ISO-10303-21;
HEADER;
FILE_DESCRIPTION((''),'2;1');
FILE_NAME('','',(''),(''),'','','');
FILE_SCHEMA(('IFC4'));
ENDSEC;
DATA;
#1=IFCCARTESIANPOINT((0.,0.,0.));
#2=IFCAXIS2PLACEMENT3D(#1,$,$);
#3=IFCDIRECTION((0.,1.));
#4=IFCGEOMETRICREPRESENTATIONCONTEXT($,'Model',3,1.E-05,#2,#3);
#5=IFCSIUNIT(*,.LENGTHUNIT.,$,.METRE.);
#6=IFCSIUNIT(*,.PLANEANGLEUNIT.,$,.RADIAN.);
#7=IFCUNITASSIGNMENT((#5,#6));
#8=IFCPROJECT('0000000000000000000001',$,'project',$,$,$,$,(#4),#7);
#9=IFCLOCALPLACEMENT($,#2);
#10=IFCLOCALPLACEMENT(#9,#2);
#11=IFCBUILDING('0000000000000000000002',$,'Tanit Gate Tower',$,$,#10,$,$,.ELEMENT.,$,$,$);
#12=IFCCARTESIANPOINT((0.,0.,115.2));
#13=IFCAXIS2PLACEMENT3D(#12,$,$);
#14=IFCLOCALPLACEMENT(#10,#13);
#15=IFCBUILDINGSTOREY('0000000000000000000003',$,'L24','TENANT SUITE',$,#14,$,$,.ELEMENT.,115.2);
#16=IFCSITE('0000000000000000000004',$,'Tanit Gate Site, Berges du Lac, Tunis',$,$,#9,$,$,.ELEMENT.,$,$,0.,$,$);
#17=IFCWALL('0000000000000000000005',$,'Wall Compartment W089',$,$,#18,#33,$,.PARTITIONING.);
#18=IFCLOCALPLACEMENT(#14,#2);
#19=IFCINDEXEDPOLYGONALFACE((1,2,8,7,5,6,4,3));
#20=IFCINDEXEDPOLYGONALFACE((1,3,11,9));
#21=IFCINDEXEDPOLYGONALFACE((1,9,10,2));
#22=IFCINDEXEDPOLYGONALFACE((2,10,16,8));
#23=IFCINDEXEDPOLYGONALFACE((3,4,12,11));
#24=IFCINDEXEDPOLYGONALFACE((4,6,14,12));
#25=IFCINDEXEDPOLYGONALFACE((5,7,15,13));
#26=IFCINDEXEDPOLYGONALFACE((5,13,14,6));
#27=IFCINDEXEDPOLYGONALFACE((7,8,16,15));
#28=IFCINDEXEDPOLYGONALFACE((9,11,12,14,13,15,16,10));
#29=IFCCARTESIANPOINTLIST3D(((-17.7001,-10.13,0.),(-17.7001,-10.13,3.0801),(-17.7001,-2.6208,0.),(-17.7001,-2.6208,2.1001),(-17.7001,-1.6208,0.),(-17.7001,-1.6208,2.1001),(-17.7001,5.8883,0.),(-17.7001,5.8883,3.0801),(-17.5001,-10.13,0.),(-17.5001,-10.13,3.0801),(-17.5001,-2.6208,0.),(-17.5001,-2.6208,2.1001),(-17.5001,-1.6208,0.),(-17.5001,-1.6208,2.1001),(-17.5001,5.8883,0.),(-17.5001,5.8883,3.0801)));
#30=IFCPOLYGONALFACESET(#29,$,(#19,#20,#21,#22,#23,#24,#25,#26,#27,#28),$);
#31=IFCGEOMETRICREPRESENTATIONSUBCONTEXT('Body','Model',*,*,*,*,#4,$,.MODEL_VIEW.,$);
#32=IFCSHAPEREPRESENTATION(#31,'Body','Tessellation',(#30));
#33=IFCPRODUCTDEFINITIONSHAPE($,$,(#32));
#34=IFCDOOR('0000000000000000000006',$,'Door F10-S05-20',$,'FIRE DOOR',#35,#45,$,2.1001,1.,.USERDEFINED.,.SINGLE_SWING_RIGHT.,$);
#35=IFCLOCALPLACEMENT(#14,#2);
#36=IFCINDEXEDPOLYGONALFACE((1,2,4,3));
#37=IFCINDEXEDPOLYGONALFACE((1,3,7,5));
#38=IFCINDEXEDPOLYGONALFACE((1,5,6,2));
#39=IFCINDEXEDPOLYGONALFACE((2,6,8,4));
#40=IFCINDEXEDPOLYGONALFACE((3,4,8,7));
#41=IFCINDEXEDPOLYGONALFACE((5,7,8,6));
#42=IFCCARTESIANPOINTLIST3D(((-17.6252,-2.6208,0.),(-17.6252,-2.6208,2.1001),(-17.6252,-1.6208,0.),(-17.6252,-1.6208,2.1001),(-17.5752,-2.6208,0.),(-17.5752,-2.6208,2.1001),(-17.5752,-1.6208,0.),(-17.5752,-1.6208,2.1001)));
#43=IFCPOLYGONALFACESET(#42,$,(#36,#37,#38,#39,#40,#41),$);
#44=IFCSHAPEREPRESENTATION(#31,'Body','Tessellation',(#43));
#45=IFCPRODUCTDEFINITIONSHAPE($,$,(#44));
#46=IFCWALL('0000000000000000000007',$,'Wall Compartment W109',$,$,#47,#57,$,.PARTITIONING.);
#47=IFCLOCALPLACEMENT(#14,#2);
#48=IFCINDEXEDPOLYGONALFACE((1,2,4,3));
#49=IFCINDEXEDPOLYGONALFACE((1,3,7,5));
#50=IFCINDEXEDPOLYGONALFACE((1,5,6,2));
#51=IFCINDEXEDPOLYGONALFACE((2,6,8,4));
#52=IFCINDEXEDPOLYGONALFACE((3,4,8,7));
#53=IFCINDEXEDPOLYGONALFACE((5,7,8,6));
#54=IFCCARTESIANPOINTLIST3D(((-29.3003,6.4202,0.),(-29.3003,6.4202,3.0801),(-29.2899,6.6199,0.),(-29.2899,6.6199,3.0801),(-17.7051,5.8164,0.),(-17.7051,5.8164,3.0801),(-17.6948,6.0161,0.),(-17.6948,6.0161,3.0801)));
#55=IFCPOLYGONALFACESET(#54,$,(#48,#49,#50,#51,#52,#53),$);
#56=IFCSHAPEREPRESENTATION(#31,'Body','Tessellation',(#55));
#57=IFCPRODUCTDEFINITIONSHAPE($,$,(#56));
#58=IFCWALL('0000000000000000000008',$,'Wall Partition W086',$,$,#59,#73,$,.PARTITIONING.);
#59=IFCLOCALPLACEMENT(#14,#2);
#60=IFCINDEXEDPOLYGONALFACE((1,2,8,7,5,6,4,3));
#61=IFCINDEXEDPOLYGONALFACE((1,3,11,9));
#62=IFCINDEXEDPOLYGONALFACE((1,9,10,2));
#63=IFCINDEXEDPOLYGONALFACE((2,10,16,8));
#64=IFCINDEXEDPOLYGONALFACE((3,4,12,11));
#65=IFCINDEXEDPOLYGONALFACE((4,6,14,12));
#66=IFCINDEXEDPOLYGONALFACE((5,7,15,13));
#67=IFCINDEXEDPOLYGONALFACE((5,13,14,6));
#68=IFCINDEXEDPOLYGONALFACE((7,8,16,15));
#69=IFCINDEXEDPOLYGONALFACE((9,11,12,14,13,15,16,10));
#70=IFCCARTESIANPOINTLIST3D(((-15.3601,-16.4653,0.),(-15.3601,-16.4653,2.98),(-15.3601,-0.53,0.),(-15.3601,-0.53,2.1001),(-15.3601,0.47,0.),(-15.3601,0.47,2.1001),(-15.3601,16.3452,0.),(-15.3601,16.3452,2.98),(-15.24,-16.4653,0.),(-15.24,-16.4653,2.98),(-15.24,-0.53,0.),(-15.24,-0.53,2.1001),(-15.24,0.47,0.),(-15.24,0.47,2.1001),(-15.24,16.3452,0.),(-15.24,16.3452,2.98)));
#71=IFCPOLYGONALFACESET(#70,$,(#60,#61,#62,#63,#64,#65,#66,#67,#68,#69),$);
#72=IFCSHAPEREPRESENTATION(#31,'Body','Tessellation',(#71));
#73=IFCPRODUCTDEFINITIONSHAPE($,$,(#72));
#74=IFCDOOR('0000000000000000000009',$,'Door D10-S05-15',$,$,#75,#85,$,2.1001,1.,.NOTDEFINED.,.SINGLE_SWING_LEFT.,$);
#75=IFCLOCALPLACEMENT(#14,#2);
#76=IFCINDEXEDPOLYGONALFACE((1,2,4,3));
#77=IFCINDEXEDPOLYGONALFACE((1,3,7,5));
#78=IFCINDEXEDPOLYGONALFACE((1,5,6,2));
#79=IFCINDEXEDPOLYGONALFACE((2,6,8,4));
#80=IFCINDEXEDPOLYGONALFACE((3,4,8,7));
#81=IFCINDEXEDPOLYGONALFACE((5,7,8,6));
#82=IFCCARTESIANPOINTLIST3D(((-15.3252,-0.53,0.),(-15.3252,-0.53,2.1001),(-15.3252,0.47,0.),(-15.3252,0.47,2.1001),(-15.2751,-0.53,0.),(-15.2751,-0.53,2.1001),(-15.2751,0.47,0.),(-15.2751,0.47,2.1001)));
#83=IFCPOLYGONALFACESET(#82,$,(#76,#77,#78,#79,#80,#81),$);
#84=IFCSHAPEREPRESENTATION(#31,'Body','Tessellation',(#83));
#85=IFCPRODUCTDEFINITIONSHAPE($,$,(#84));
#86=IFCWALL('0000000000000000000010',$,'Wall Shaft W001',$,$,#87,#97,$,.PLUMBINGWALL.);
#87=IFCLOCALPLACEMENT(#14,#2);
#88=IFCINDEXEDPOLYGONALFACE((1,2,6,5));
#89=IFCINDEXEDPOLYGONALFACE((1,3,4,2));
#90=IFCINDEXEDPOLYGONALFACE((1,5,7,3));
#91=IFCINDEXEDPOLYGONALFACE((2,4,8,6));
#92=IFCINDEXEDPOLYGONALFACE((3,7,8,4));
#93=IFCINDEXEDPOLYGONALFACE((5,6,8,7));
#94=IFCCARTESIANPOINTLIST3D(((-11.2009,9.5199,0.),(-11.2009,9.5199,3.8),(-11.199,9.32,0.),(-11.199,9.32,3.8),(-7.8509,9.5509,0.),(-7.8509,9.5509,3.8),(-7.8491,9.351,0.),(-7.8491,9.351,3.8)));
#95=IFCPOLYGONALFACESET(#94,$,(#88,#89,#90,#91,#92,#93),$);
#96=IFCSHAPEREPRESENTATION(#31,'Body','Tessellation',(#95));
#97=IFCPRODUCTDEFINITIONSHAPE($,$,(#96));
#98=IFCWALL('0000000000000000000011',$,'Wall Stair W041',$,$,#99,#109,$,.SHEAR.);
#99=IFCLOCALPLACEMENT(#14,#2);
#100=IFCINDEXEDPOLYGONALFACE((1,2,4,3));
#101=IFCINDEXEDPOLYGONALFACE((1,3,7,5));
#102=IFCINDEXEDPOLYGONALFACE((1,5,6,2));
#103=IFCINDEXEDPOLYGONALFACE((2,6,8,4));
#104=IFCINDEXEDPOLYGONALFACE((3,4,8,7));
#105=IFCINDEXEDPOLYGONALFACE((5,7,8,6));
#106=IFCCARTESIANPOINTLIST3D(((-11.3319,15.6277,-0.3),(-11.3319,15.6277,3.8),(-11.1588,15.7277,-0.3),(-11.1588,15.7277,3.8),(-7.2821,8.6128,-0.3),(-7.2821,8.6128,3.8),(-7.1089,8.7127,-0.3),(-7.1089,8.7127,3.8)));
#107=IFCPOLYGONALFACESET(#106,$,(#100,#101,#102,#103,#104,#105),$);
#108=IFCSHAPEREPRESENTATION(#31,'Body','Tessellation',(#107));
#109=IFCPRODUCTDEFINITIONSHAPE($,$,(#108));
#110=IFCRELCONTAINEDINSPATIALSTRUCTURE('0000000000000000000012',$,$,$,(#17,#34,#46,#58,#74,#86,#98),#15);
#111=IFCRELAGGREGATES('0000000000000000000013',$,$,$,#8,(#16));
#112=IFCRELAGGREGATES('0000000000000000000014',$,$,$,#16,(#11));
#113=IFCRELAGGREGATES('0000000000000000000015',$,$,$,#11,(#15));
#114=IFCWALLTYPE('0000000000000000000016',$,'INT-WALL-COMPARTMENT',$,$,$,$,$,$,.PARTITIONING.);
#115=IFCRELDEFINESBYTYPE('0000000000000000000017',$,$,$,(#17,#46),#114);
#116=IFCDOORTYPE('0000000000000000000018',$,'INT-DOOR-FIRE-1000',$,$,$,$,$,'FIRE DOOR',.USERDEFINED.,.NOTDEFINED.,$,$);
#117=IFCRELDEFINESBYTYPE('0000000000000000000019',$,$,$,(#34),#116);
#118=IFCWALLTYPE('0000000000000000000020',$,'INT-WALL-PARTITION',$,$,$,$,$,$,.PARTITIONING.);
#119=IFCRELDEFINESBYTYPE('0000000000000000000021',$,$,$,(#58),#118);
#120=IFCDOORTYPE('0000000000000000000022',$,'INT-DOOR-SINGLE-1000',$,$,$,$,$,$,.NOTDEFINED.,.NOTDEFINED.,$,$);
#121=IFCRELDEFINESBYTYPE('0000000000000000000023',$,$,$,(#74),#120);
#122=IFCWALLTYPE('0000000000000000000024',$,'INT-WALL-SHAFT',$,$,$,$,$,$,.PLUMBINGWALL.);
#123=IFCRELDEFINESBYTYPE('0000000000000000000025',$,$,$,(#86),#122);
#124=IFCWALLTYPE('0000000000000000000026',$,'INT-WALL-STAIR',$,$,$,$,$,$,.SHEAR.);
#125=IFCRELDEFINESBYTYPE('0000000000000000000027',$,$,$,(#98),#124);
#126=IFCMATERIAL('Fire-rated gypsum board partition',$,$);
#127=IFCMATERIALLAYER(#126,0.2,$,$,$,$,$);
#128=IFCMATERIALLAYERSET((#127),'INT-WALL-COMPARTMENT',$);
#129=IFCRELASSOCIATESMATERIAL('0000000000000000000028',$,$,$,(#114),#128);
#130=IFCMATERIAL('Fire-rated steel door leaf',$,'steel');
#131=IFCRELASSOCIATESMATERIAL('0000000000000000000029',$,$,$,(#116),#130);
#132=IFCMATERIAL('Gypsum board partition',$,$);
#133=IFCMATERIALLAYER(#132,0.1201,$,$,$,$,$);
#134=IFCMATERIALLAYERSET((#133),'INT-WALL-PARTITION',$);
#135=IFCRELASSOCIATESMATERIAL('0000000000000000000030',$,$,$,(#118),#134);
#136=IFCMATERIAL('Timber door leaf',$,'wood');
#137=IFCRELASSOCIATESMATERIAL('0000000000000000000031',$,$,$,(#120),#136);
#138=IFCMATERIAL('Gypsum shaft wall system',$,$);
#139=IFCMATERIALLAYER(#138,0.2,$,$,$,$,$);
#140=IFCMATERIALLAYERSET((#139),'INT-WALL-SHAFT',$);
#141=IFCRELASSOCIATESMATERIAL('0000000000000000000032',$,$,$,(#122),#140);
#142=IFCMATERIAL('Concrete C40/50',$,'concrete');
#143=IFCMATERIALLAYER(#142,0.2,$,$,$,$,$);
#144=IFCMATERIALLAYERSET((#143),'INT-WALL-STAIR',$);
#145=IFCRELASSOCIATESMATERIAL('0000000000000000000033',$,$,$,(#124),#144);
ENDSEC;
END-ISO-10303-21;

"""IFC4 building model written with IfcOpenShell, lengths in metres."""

from ifc_helpers import new_model, si_unit, direction, frame, frame_2d, origin, place, context, subcontext, project, spatial, rectangle, extrude, material, layer, layer_set, type_object, element, fill, save


model = new_model("IFC4")

# Units and contexts
model_context = context("Model", 3, precision=1e-05, world=origin(), true_north=direction((0.0, 1.0)))
body_context = subcontext(model_context, "Body", "Model", "MODEL_VIEW")
ifc_project = project(units=[si_unit("LENGTHUNIT", "METRE"), si_unit("PLANEANGLEUNIT", "RADIAN")], contexts=[model_context])

# Site, building, storey
site_placement = place(None, origin())
site = spatial("IfcSite", under=ifc_project, at=site_placement, Name="Tanit Gate Site, Berges du Lac, Tunis", CompositionType="ELEMENT", RefElevation=0.0)
building_placement = place(site_placement, origin())
building = spatial("IfcBuilding", under=site, at=building_placement, Name="Tanit Gate Tower", CompositionType="ELEMENT")
storey_placement = place(building_placement, frame((0.0, 0.0, 115.2)))
storey = spatial("IfcBuildingStorey", under=building, at=storey_placement, Name="L24", Description="TENANT SUITE", CompositionType="ELEMENT", Elevation=115.2)

# Wall, opening, door
ifc_material_1 = material(Name="Fire-rated gypsum board partition")
ifc_layer_1 = layer(ifc_material_1, 0.2)
ifc_layer_set_1 = layer_set([ifc_layer_1], Name="INT-WALL-COMPARTMENT")
wall_type_1 = type_object("IfcWallType", Name="INT-WALL-COMPARTMENT", PredefinedType="PARTITIONING", material=ifc_layer_set_1)
ifc_material_2 = material(Name="Fire-rated steel door leaf", Category="steel")
door_type_1 = type_object("IfcDoorType", Name="INT-DOOR-FIRE-1000", ElementType="FIRE DOOR", OperationType="NOTDEFINED", PredefinedType="USERDEFINED", material=ifc_material_2)
wall_1_placement = place(storey_placement, frame((-17.6001, 5.8884, 0.0), z_axis=(0.0, 0.0, 1.0), x_axis=(0.0, -1.0, 0.0)))
wall_1 = element("IfcWall", 1, at=wall_1_placement, inside=storey, type_object=wall_type_1, Name="Wall Compartment W089", PredefinedType="PARTITIONING", context=body_context, shape_type="SweptSolid", body=[
    extrude(rectangle(XDim=16.0183, YDim=0.2, at=frame_2d((8.0093, 0.0))), origin(), (0.0, 0.0, 1.0), 3.0801),
])
opening_1_placement = place(wall_1_placement, frame((7.5093, 0.0, 0.0)))
opening_1 = element("IfcOpeningElement", 2, at=opening_1_placement, cuts=wall_1, PredefinedType="OPENING", context=body_context, shape_type="SweptSolid", body=[
    extrude(rectangle(XDim=1.0, YDim=2.1001, at=frame_2d((0.5, 1.05))), frame((0.0, 0.1099, 0.0), z_axis=(0.0, -1.0, 0.0), x_axis=(1.0, 0.0, 0.0)), (0.0, 0.0, 1.0), 0.22),
])
door_1_placement = place(opening_1_placement, origin())
door_1 = element("IfcDoor", 3, at=door_1_placement, inside=storey, type_object=door_type_1, Name="Door F10-S05-20", ObjectType="FIRE DOOR", OperationType="SINGLE_SWING_RIGHT", OverallHeight=2.1001, OverallWidth=1.0, PredefinedType="USERDEFINED", context=body_context, shape_type="SweptSolid", body=[
    extrude(rectangle(XDim=1.0, YDim=2.1001, at=frame_2d((0.5, 1.05))), frame((0.0, 0.0249, 0.0), z_axis=(0.0, -1.0, 0.0), x_axis=(1.0, 0.0, 0.0)), (0.0, 0.0, 1.0), 0.05),
])
fill(opening_1, door_1)

# Wall
wall_2_placement = place(storey_placement, frame((-17.7, 5.9163, 0.0), z_axis=(0.0, 0.0, 1.0), x_axis=(-0.998647, 0.051999, 0.0)))
element("IfcWall", 4, at=wall_2_placement, inside=storey, type_object=wall_type_1, Name="Wall Compartment W109", PredefinedType="PARTITIONING", context=body_context, shape_type="SweptSolid", body=[
    extrude(rectangle(XDim=11.6108, YDim=0.2, at=frame_2d((5.8054, 0.0))), origin(), (0.0, 0.0, 1.0), 3.0801),
])

# Wall, opening, door
ifc_material_3 = material(Name="Gypsum board partition")
ifc_layer_2 = layer(ifc_material_3, 0.1201)
ifc_layer_set_2 = layer_set([ifc_layer_2], Name="INT-WALL-PARTITION")
wall_type_2 = type_object("IfcWallType", Name="INT-WALL-PARTITION", PredefinedType="PARTITIONING", material=ifc_layer_set_2)
wall_3_placement = place(storey_placement, frame((-15.3, 16.3452, 0.0), z_axis=(0.0, 0.0, 1.0), x_axis=(0.0, -1.0, 0.0)))
wall_3 = element("IfcWall", 5, at=wall_3_placement, inside=storey, type_object=wall_type_2, Name="Wall Partition W086", PredefinedType="PARTITIONING", context=body_context, shape_type="SweptSolid", body=[
    extrude(rectangle(XDim=32.8105, YDim=0.1201, at=frame_2d((16.4053, 0.0))), origin(), (0.0, 0.0, 1.0), 2.98),
])
opening_2_placement = place(wall_3_placement, frame((15.8752, 0.0, 0.0)))
opening_2 = element("IfcOpeningElement", 6, at=opening_2_placement, cuts=wall_3, PredefinedType="OPENING", context=body_context, shape_type="SweptSolid", body=[
    extrude(rectangle(XDim=1.0, YDim=2.1001, at=frame_2d((0.5, 1.05))), frame((0.0, 0.0701, 0.0), z_axis=(0.0, -1.0, 0.0), x_axis=(1.0, 0.0, 0.0)), (0.0, 0.0, 1.0), 0.1401),
])
ifc_material_4 = material(Name="Timber door leaf", Category="wood")
door_type_2 = type_object("IfcDoorType", Name="INT-DOOR-SINGLE-1000", OperationType="NOTDEFINED", PredefinedType="NOTDEFINED", material=ifc_material_4)
door_2_placement = place(opening_2_placement, origin())
door_2 = element("IfcDoor", 7, at=door_2_placement, inside=storey, type_object=door_type_2, Name="Door D10-S05-15", OperationType="SINGLE_SWING_LEFT", OverallHeight=2.1001, OverallWidth=1.0, PredefinedType="NOTDEFINED", context=body_context, shape_type="SweptSolid", body=[
    extrude(rectangle(XDim=1.0, YDim=2.1001, at=frame_2d((0.5, 1.05))), frame((0.0, 0.0249, 0.0), z_axis=(0.0, -1.0, 0.0), x_axis=(1.0, 0.0, 0.0)), (0.0, 0.0, 1.0), 0.05),
])
fill(opening_2, door_2)

# Walls
ifc_material_5 = material(Name="Gypsum shaft wall system")
ifc_layer_3 = layer(ifc_material_5, 0.2)
ifc_layer_set_3 = layer_set([ifc_layer_3], Name="INT-WALL-SHAFT")
wall_type_3 = type_object("IfcWallType", Name="INT-WALL-SHAFT", PredefinedType="PLUMBINGWALL", material=ifc_layer_set_3)
wall_4_placement = place(storey_placement, frame((-11.2, 9.4199, 0.0), z_axis=(0.0, 0.0, 1.0), x_axis=(0.999957, 0.009255, 0.0)))
element("IfcWall", 8, at=wall_4_placement, inside=storey, type_object=wall_type_3, Name="Wall Shaft W001", PredefinedType="PLUMBINGWALL", context=body_context, shape_type="SweptSolid", body=[
    extrude(rectangle(XDim=3.3501, YDim=0.2, at=frame_2d((1.675, 0.0))), origin(), (0.0, 0.0, 1.0), 3.8),
])
ifc_material_6 = material(Name="Concrete C40/50", Category="concrete")
ifc_layer_4 = layer(ifc_material_6, 0.2)
ifc_layer_set_4 = layer_set([ifc_layer_4], Name="INT-WALL-STAIR")
wall_type_4 = type_object("IfcWallType", Name="INT-WALL-STAIR", PredefinedType="SHEAR", material=ifc_layer_set_4)
wall_5_placement = place(storey_placement, frame((-11.2454, 15.6777, -0.3), z_axis=(0.0, 0.0, 1.0), x_axis=(0.499977, -0.866039, 0.0)))
element("IfcWall", 9, at=wall_5_placement, inside=storey, type_object=wall_type_4, Name="Wall Stair W041", PredefinedType="SHEAR", context=body_context, shape_type="SweptSolid", body=[
    extrude(rectangle(XDim=8.1001, YDim=0.2, at=frame_2d((4.05, 0.0))), origin(), (0.0, 0.0, 1.0), 4.1001),
])

save(model, "model.ifc")
